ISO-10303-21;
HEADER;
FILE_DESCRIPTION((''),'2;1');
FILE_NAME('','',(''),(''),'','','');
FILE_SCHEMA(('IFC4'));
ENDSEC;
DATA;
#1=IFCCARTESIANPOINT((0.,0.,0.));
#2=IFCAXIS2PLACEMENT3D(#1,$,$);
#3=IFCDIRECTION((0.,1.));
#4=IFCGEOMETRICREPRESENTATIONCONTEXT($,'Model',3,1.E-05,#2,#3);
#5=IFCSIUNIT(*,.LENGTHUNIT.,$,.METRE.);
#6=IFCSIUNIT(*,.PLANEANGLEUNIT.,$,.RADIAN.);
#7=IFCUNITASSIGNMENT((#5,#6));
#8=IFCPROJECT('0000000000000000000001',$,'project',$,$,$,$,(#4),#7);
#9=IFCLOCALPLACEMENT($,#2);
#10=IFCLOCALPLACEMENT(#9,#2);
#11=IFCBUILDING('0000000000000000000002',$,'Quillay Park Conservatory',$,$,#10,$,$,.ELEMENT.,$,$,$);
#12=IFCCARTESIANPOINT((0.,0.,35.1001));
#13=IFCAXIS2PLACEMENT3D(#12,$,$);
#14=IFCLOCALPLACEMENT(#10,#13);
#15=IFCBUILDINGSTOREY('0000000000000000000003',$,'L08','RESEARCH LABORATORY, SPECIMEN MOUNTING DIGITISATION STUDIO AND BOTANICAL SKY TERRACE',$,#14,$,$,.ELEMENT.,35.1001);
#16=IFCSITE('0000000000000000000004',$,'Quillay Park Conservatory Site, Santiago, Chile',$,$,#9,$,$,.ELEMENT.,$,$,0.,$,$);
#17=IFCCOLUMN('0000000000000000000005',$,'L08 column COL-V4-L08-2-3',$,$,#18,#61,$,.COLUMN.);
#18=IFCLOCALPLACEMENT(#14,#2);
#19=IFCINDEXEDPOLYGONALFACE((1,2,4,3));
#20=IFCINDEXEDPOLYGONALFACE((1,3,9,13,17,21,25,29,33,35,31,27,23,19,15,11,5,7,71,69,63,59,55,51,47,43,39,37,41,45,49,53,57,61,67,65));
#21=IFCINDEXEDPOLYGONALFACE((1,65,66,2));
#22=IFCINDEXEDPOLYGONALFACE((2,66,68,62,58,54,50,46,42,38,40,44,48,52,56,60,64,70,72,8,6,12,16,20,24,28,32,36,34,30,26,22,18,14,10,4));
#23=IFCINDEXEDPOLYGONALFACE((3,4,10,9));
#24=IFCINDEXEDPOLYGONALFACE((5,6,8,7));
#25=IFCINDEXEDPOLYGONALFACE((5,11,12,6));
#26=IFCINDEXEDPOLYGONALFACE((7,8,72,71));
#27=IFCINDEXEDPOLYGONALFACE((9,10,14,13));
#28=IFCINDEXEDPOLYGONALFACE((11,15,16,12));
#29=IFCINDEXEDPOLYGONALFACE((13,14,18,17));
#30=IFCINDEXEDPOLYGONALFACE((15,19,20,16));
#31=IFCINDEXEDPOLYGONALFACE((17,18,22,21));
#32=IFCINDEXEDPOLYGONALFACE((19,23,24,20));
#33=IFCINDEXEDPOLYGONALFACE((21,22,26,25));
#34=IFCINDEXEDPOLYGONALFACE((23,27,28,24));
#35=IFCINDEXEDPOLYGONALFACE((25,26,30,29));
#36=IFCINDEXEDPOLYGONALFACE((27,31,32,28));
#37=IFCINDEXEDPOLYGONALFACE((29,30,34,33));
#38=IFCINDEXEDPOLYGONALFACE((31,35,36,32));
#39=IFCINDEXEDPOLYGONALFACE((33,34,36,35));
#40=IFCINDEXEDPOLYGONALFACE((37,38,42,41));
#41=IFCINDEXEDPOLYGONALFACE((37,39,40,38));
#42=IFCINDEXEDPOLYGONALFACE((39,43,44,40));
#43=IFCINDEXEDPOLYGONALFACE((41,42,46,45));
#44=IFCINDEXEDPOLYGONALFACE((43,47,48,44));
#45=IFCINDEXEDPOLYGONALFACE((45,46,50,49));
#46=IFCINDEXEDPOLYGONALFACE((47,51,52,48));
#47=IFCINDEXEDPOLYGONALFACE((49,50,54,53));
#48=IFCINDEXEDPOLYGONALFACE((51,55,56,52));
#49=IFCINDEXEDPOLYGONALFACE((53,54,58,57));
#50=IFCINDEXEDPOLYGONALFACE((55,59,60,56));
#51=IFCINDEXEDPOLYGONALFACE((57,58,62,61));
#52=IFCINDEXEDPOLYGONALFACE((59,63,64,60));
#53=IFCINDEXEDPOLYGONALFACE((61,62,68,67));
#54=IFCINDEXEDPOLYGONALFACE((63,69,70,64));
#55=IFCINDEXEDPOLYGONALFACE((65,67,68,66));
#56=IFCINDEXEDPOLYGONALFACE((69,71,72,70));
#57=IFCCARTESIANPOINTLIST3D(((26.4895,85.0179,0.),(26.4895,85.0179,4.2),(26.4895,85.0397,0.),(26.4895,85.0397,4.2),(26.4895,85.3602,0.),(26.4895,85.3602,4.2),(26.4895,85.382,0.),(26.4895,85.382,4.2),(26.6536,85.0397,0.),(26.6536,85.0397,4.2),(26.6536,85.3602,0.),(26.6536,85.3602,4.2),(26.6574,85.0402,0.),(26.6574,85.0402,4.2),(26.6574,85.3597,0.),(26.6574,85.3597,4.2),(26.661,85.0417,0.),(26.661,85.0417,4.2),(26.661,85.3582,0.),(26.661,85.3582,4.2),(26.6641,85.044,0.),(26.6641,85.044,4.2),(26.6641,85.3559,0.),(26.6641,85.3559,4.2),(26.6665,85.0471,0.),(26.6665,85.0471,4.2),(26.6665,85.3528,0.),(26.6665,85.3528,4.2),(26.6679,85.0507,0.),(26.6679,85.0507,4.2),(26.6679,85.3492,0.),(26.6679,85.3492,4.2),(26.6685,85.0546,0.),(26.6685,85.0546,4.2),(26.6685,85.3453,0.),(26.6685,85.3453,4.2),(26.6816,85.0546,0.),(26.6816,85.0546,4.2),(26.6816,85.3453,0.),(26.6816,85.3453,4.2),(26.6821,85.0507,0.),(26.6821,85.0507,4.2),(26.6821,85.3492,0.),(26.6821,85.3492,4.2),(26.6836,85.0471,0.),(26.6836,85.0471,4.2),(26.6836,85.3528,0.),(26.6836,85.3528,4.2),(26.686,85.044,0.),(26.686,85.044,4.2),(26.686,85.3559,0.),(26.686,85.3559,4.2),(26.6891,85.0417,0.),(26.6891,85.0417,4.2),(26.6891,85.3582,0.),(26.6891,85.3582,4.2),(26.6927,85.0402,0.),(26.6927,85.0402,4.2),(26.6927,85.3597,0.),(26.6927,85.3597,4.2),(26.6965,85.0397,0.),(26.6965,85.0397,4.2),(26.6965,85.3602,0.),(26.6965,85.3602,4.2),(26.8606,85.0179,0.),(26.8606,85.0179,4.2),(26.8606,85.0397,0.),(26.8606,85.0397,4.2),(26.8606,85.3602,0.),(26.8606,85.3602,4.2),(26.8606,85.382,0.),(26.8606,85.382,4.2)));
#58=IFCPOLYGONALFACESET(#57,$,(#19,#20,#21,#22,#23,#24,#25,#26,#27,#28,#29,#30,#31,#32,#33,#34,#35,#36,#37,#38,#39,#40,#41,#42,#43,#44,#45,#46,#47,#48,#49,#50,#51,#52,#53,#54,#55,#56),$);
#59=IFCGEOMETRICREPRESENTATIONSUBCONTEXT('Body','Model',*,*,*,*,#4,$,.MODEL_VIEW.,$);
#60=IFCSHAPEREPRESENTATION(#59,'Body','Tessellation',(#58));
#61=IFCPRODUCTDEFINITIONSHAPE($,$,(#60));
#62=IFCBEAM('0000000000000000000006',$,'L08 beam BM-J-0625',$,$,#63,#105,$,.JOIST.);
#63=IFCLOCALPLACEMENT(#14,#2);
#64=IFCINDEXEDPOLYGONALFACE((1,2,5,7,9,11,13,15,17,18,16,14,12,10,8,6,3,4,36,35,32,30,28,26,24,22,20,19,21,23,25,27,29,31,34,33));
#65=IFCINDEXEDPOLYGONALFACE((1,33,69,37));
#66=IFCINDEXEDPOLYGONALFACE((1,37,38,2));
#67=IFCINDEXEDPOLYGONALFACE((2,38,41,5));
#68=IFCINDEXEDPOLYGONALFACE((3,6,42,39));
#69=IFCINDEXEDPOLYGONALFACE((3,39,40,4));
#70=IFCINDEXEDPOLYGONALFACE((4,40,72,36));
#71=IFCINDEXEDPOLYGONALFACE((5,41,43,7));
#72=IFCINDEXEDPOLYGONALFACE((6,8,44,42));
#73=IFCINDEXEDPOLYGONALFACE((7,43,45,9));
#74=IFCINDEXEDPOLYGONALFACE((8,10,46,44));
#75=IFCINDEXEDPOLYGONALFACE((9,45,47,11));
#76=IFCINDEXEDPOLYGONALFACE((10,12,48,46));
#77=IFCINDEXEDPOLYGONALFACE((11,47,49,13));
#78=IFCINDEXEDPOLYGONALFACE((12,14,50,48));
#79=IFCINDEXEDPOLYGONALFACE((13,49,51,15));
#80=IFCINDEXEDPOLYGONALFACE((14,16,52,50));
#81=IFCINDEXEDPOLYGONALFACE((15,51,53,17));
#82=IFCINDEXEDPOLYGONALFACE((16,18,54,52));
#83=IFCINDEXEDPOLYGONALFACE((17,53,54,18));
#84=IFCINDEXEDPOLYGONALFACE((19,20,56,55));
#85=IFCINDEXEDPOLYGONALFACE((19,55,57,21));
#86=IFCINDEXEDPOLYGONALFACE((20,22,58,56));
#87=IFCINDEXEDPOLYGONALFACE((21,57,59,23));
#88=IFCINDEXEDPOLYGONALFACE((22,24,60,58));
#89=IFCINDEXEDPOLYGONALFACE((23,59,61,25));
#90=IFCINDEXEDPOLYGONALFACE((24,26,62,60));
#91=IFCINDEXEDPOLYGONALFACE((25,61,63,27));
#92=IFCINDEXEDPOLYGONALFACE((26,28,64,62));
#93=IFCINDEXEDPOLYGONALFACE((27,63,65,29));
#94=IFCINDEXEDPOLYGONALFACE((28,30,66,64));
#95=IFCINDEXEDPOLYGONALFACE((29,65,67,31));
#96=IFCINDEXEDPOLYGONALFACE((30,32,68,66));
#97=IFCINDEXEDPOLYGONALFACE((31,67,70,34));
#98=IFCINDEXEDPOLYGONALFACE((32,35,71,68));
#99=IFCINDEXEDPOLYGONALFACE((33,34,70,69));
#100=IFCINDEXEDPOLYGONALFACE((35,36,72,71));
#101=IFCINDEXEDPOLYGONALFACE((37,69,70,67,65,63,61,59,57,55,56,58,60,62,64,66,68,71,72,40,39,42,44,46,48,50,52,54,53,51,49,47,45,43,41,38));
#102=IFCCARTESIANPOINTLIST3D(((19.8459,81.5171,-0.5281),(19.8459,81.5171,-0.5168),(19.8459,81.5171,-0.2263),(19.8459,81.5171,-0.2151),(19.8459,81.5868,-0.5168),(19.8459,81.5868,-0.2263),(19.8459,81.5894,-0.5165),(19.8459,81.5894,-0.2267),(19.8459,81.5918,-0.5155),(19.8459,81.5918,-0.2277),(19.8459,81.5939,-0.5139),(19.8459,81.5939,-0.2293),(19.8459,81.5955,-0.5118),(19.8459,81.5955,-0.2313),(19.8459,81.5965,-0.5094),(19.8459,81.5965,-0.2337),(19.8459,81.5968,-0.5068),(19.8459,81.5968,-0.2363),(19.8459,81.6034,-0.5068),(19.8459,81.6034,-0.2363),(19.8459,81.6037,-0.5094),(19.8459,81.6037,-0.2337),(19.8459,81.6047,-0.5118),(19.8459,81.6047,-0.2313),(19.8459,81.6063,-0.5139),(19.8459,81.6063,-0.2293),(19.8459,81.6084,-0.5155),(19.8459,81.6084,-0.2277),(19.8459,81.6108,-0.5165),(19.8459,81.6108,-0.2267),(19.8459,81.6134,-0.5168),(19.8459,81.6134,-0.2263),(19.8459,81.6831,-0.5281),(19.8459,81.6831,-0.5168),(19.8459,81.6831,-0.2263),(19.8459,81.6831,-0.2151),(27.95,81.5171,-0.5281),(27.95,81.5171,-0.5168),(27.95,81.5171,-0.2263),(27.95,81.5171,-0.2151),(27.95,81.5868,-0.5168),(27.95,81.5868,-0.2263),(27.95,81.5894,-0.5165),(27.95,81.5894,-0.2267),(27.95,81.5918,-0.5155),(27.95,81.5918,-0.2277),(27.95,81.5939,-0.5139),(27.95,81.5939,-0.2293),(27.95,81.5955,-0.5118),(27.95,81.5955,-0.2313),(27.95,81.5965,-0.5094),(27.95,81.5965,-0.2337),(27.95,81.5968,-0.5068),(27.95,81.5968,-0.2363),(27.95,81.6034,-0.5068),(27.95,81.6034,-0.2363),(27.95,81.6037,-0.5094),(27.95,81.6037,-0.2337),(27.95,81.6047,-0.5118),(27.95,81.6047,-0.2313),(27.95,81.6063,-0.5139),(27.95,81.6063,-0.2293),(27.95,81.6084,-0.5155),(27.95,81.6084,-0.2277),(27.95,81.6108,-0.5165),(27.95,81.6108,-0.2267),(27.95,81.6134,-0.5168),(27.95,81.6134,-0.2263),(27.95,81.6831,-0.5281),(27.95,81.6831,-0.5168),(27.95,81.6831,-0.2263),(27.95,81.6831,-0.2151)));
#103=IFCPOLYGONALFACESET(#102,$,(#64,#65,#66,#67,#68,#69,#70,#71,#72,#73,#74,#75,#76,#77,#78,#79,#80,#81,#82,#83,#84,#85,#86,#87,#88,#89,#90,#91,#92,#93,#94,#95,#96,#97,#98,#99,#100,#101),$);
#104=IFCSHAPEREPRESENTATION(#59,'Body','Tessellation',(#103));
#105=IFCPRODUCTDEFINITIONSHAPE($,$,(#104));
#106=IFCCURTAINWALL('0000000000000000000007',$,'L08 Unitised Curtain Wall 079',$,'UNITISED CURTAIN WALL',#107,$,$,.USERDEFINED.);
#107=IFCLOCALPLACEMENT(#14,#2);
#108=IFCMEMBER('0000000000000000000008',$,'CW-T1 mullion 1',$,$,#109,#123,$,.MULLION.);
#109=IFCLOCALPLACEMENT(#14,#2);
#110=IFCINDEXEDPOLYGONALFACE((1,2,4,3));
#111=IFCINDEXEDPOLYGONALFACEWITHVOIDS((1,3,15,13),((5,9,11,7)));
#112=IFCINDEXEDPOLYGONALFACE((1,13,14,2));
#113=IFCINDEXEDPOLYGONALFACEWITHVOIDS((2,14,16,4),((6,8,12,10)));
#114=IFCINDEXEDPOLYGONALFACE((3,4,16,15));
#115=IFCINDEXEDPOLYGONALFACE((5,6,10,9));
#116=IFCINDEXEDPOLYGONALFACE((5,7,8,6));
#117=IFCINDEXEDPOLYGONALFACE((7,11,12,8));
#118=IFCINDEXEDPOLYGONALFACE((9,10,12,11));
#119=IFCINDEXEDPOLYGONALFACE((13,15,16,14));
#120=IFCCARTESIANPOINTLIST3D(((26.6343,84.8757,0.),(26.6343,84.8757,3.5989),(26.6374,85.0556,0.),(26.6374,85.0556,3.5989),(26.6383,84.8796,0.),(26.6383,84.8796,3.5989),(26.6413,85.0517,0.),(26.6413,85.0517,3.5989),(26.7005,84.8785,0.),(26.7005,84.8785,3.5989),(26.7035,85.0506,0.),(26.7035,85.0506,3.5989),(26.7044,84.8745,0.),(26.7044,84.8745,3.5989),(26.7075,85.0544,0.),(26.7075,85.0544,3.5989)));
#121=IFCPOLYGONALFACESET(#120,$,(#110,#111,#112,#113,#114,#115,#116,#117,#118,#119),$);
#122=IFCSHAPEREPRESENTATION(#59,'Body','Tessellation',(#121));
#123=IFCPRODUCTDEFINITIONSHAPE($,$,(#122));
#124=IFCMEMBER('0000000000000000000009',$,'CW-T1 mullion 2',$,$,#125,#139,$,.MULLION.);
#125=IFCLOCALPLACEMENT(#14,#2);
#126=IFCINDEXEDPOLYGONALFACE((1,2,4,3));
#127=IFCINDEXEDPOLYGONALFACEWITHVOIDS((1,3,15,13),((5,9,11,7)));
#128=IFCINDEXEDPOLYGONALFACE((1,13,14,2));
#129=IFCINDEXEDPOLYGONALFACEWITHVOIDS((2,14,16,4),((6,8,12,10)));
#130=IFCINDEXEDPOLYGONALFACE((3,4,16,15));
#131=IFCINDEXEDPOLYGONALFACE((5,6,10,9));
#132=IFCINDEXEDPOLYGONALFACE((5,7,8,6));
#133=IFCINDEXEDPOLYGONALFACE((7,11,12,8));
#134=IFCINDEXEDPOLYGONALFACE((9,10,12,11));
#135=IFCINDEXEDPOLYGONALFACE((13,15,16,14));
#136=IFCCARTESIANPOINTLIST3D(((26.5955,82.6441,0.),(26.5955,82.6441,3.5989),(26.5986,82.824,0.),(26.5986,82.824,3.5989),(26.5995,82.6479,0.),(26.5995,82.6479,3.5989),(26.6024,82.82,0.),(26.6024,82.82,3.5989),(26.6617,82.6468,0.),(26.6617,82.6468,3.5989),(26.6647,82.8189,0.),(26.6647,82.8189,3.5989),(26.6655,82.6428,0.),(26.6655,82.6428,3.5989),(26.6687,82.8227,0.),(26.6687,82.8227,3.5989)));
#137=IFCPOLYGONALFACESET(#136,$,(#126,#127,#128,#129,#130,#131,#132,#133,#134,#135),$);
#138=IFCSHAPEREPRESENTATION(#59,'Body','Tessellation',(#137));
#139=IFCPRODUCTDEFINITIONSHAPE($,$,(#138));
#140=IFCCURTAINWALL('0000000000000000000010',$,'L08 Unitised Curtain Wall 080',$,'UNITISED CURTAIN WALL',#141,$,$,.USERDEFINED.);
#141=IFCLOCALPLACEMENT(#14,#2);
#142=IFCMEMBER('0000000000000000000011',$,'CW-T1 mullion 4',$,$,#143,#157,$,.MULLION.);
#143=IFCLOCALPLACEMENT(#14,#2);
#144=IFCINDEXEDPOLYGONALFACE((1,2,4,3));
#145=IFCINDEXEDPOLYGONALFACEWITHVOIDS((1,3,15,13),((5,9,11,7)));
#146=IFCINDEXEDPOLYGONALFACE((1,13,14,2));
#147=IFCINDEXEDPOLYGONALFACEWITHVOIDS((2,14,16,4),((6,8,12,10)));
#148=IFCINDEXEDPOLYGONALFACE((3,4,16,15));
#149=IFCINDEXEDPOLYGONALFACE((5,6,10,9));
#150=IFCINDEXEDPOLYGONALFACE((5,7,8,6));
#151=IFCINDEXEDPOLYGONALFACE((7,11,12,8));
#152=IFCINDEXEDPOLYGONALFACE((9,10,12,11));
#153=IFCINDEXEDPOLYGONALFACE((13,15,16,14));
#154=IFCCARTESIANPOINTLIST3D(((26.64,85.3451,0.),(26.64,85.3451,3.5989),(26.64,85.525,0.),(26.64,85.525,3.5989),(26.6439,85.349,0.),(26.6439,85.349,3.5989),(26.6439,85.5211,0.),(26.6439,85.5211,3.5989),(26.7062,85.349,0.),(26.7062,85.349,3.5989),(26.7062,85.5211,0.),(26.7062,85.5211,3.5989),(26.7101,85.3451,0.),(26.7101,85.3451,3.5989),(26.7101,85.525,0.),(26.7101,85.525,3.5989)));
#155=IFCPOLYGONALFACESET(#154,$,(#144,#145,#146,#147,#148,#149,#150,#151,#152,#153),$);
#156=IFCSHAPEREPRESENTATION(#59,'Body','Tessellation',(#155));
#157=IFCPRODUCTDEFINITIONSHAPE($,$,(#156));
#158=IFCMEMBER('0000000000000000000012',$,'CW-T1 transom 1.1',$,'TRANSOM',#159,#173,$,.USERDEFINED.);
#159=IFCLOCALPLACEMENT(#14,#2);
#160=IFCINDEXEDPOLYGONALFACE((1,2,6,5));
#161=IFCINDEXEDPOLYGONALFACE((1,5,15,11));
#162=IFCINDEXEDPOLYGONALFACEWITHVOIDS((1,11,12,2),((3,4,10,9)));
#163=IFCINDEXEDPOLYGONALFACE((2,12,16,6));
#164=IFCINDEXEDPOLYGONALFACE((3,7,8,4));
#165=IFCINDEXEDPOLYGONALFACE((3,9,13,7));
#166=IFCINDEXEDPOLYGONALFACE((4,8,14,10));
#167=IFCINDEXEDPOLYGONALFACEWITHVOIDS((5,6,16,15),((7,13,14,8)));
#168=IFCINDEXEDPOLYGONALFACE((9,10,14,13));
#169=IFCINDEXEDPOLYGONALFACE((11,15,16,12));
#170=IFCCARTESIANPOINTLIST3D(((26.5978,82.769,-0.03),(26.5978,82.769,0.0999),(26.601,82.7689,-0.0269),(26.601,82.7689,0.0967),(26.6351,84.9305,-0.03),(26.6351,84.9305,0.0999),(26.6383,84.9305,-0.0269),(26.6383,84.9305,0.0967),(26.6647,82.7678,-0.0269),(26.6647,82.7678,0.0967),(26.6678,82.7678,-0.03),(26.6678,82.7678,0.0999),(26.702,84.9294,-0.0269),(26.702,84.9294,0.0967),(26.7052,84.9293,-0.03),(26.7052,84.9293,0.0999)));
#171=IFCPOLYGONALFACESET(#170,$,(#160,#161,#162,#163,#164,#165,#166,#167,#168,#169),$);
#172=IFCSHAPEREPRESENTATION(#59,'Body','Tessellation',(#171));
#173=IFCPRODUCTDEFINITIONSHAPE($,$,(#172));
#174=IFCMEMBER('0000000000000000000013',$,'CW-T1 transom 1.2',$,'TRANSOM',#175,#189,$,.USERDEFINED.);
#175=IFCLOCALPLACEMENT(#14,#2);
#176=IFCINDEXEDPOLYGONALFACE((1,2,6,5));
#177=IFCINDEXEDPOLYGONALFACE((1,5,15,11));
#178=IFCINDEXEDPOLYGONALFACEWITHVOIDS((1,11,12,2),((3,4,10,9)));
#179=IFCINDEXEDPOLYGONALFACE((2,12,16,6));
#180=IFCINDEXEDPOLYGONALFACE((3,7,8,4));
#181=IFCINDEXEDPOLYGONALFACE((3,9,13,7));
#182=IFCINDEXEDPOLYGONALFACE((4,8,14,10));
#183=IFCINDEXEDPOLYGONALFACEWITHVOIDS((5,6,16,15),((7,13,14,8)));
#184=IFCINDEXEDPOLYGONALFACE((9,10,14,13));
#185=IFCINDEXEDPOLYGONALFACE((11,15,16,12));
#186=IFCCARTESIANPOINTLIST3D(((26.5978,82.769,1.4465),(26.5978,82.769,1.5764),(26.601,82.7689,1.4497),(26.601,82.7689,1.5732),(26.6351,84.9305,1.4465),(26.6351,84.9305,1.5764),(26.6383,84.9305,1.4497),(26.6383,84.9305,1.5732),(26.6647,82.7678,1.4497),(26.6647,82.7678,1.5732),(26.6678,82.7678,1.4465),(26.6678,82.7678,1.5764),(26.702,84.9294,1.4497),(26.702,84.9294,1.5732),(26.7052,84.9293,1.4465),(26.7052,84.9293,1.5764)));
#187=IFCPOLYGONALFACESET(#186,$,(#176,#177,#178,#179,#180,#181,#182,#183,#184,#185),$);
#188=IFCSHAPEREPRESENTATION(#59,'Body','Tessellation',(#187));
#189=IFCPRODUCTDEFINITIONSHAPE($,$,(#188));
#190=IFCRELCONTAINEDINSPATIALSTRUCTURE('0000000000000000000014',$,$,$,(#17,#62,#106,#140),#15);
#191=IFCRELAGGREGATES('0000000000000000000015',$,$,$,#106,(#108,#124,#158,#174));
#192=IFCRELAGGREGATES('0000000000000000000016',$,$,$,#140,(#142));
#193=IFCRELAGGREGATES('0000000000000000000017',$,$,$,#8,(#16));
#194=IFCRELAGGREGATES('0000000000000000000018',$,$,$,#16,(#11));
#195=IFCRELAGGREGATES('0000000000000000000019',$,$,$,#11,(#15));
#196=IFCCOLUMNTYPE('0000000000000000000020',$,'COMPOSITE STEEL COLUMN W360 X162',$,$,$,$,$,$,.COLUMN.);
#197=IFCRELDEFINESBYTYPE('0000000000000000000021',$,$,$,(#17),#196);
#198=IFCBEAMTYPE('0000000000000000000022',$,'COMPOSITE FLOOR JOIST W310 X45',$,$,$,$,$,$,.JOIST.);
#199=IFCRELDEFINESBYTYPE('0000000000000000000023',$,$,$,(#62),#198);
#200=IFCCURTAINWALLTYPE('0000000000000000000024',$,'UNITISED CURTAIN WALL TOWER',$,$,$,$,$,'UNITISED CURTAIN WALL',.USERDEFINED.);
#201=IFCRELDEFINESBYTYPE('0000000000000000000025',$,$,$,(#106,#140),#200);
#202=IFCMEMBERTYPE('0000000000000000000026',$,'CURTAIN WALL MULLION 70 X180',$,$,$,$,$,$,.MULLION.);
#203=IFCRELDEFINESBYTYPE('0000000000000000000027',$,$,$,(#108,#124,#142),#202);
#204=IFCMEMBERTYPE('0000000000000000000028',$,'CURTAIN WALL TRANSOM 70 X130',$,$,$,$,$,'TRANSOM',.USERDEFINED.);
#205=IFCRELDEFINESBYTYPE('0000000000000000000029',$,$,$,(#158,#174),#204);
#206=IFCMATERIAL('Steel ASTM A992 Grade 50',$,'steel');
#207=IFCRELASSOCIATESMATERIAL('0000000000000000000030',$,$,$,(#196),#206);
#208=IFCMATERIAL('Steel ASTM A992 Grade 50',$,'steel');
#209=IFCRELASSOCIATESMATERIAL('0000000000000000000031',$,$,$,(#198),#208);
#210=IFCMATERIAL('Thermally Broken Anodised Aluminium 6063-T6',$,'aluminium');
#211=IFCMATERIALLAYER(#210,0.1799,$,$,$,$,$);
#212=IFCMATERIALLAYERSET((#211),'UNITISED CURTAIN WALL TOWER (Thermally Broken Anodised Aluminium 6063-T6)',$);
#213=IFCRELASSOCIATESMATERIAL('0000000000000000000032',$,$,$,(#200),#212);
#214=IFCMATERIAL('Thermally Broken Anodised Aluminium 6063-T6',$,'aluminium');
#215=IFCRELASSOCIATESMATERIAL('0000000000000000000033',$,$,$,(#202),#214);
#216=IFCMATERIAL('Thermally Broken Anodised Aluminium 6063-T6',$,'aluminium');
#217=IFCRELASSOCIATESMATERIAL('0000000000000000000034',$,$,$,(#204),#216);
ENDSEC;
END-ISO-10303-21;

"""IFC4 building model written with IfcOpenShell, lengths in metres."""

from ifc_helpers import new_model, si_unit, direction, frame, origin, origin_2d, place, context, subcontext, project, spatial, hollow_rectangle, i_section, extrude, material, layer, layer_set, material_profile, profile_set, type_object, element, aggregate, save


model = new_model("IFC4")

# Units and contexts
model_context = context("Model", 3, precision=1e-05, world=origin(), true_north=direction((0.0, 1.0)))
body_context = subcontext(model_context, "Body", "Model", "MODEL_VIEW")
ifc_project = project(units=[si_unit("LENGTHUNIT", "METRE"), si_unit("PLANEANGLEUNIT", "RADIAN")], contexts=[model_context])

# Site, building, storey
site_placement = place(None, origin())
site = spatial("IfcSite", under=ifc_project, at=site_placement, Name="Quillay Park Conservatory Site, Santiago, Chile", CompositionType="ELEMENT", RefElevation=0.0)
building_placement = place(site_placement, origin())
building = spatial("IfcBuilding", under=site, at=building_placement, Name="Quillay Park Conservatory", CompositionType="ELEMENT")
storey_placement = place(building_placement, frame((0.0, 0.0, 35.1001)))
storey = spatial("IfcBuildingStorey", under=building, at=storey_placement, Name="L08", Description="RESEARCH LABORATORY, SPECIMEN MOUNTING DIGITISATION STUDIO AND BOTANICAL SKY TERRACE", CompositionType="ELEMENT", Elevation=35.1001)

# Column
ifc_material_1 = material(Name="Steel ASTM A992 Grade 50", Category="steel")
ifc_material_profile_1 = material_profile(ifc_material_1, i_section(OverallWidth=0.3711, OverallDepth=0.364, WebThickness=0.0132, FlangeThickness=0.0217, FilletRadius=0.0149, at=origin_2d()), Name="W360x162")
ifc_profile_set_1 = profile_set([ifc_material_profile_1], Name="Steel ASTM A992 Grade 50")
column_type = type_object("IfcColumnType", Name="COMPOSITE STEEL COLUMN W360 X162", PredefinedType="COLUMN", material=ifc_profile_set_1)
column_placement = place(storey_placement, frame((26.675, 85.2, 0.0), z_axis=(0.0, 0.0, 1.0), x_axis=(1.0, 0.0, 0.0)))
element("IfcColumn", 1, at=column_placement, inside=storey, type_object=column_type, Name="L08 column COL-V4-L08-2-3", PredefinedType="COLUMN", context=body_context, shape_type="SweptSolid", body=[
    extrude(i_section(OverallWidth=0.3711, OverallDepth=0.364, WebThickness=0.0132, FlangeThickness=0.0217, FilletRadius=0.0149, at=origin_2d()), origin(), (0.0, 0.0, 1.0), 4.2),
])

# Beam
ifc_material_2 = material(Name="Steel ASTM A992 Grade 50", Category="steel")
ifc_material_profile_2 = material_profile(ifc_material_2, i_section(OverallWidth=0.166, OverallDepth=0.313, WebThickness=0.0066, FlangeThickness=0.0112, FilletRadius=0.01, at=origin_2d()), Name="W310x45")
ifc_profile_set_2 = profile_set([ifc_material_profile_2], Name="Steel ASTM A992 Grade 50")
beam_type_1 = type_object("IfcBeamType", Name="COMPOSITE FLOOR JOIST W310 X45", PredefinedType="JOIST", material=ifc_profile_set_2)
beam_1_placement = place(storey_placement, frame((19.8459, 81.6001, -0.3716), z_axis=(1.0, 0.0, 0.0), x_axis=(0.0, 1.0, 0.0)))
element("IfcBeam", 2, at=beam_1_placement, inside=storey, type_object=beam_type_1, Name="L08 beam BM-J-0625", PredefinedType="JOIST", context=body_context, shape_type="SweptSolid", body=[
    extrude(i_section(OverallWidth=0.166, OverallDepth=0.313, WebThickness=0.0066, FlangeThickness=0.0112, FilletRadius=0.01, at=origin_2d()), origin(), (0.0, 0.0, 1.0), 8.104),
])

# Curtain wall, members
ifc_material_3 = material(Name="Thermally Broken Anodised Aluminium 6063-T6", Category="aluminium")
ifc_layer_1 = layer(ifc_material_3, 0.1799)
ifc_layer_set_1 = layer_set([ifc_layer_1], Name="UNITISED CURTAIN WALL TOWER (Thermally Broken Anodised Aluminium 6063-T6)")
curtain_wall_type = type_object("IfcCurtainWallType", Name="UNITISED CURTAIN WALL TOWER", ElementType="UNITISED CURTAIN WALL", PredefinedType="USERDEFINED", material=ifc_layer_set_1)
curtain_wall_1_placement = place(storey_placement, origin())
curtain_wall_1 = element("IfcCurtainWall", 3, at=curtain_wall_1_placement, inside=storey, type_object=curtain_wall_type, Name="L08 Unitised Curtain Wall 079", ObjectType="UNITISED CURTAIN WALL", PredefinedType="USERDEFINED")
ifc_material_4 = material(Name="Thermally Broken Anodised Aluminium 6063-T6", Category="aluminium")
ifc_material_profile_3 = material_profile(ifc_material_4, hollow_rectangle(XDim=0.0701, YDim=0.1799, WallThickness=0.0039, at=origin_2d()), Name="AL70x180x4")
ifc_profile_set_3 = profile_set([ifc_material_profile_3], Name="Thermally Broken Anodised Aluminium 6063-T6")
member_type_1 = type_object("IfcMemberType", Name="CURTAIN WALL MULLION 70 X180", PredefinedType="MULLION", material=ifc_profile_set_3)
member_1_placement = place(storey_placement, frame((26.6709, 84.9651, 0.0), z_axis=(0.0, 0.0, 1.0), x_axis=(0.999849, -0.01735, 0.0)))
member_1 = element("IfcMember", 4, at=member_1_placement, type_object=member_type_1, Name="CW-T1 mullion 1", PredefinedType="MULLION", context=body_context, shape_type="SweptSolid", body=[
    extrude(hollow_rectangle(XDim=0.0701, YDim=0.1799, WallThickness=0.0039, at=origin_2d()), origin(), (0.0, 0.0, 1.0), 3.5989),
])
member_2_placement = place(storey_placement, frame((26.6321, 82.7334, 0.0), z_axis=(0.0, 0.0, 1.0), x_axis=(0.999849, -0.01735, 0.0)))
member_2 = element("IfcMember", 5, at=member_2_placement, type_object=member_type_1, Name="CW-T1 mullion 2", PredefinedType="MULLION", context=body_context, shape_type="SweptSolid", body=[
    extrude(hollow_rectangle(XDim=0.0701, YDim=0.1799, WallThickness=0.0039, at=origin_2d()), origin(), (0.0, 0.0, 1.0), 3.5989),
])

# Curtain wall, member
curtain_wall_2_placement = place(storey_placement, origin())
curtain_wall_2 = element("IfcCurtainWall", 6, at=curtain_wall_2_placement, inside=storey, type_object=curtain_wall_type, Name="L08 Unitised Curtain Wall 080", ObjectType="UNITISED CURTAIN WALL", PredefinedType="USERDEFINED")
member_3_placement = place(storey_placement, frame((26.675, 85.4351, 0.0), z_axis=(0.0, 0.0, 1.0), x_axis=(1.0, 0.0, 0.0)))
member_3 = element("IfcMember", 7, at=member_3_placement, type_object=member_type_1, Name="CW-T1 mullion 4", PredefinedType="MULLION", context=body_context, shape_type="SweptSolid", body=[
    extrude(hollow_rectangle(XDim=0.0701, YDim=0.1799, WallThickness=0.0039, at=origin_2d()), origin(), (0.0, 0.0, 1.0), 3.5989),
])

# Members
ifc_material_5 = material(Name="Thermally Broken Anodised Aluminium 6063-T6", Category="aluminium")
ifc_material_profile_4 = material_profile(ifc_material_5, hollow_rectangle(XDim=0.0701, YDim=0.1299, WallThickness=0.0032, at=origin_2d()), Name="AL70x130x3.2")
ifc_profile_set_4 = profile_set([ifc_material_profile_4], Name="Thermally Broken Anodised Aluminium 6063-T6")
member_type_2 = type_object("IfcMemberType", Name="CURTAIN WALL TRANSOM 70 X130", ElementType="TRANSOM", PredefinedType="USERDEFINED", material=ifc_profile_set_4)
member_4_placement = place(storey_placement, frame((26.6702, 84.9299, 0.0349), z_axis=(-0.017278, -0.999851, 0.0), x_axis=(0.999851, -0.017278, 0.0)))
member_4 = element("IfcMember", 8, at=member_4_placement, type_object=member_type_2, Name="CW-T1 transom 1.1", ObjectType="TRANSOM", PredefinedType="USERDEFINED", context=body_context, shape_type="SweptSolid", body=[
    extrude(hollow_rectangle(XDim=0.0701, YDim=0.1299, WallThickness=0.0032, at=origin_2d()), origin(), (0.0, 0.0, 1.0), 2.1619),
])
member_5_placement = place(storey_placement, frame((26.6702, 84.9299, 1.5115), z_axis=(-0.017278, -0.999851, 0.0), x_axis=(0.999851, -0.017278, 0.0)))
member_5 = element("IfcMember", 9, at=member_5_placement, type_object=member_type_2, Name="CW-T1 transom 1.2", ObjectType="TRANSOM", PredefinedType="USERDEFINED", context=body_context, shape_type="SweptSolid", body=[
    extrude(hollow_rectangle(XDim=0.0701, YDim=0.1299, WallThickness=0.0032, at=origin_2d()), origin(), (0.0, 0.0, 1.0), 2.1619),
])

aggregate(curtain_wall_1, [member_1, member_2, member_4, member_5])
aggregate(curtain_wall_2, [member_3])

save(model, "model.ifc")
